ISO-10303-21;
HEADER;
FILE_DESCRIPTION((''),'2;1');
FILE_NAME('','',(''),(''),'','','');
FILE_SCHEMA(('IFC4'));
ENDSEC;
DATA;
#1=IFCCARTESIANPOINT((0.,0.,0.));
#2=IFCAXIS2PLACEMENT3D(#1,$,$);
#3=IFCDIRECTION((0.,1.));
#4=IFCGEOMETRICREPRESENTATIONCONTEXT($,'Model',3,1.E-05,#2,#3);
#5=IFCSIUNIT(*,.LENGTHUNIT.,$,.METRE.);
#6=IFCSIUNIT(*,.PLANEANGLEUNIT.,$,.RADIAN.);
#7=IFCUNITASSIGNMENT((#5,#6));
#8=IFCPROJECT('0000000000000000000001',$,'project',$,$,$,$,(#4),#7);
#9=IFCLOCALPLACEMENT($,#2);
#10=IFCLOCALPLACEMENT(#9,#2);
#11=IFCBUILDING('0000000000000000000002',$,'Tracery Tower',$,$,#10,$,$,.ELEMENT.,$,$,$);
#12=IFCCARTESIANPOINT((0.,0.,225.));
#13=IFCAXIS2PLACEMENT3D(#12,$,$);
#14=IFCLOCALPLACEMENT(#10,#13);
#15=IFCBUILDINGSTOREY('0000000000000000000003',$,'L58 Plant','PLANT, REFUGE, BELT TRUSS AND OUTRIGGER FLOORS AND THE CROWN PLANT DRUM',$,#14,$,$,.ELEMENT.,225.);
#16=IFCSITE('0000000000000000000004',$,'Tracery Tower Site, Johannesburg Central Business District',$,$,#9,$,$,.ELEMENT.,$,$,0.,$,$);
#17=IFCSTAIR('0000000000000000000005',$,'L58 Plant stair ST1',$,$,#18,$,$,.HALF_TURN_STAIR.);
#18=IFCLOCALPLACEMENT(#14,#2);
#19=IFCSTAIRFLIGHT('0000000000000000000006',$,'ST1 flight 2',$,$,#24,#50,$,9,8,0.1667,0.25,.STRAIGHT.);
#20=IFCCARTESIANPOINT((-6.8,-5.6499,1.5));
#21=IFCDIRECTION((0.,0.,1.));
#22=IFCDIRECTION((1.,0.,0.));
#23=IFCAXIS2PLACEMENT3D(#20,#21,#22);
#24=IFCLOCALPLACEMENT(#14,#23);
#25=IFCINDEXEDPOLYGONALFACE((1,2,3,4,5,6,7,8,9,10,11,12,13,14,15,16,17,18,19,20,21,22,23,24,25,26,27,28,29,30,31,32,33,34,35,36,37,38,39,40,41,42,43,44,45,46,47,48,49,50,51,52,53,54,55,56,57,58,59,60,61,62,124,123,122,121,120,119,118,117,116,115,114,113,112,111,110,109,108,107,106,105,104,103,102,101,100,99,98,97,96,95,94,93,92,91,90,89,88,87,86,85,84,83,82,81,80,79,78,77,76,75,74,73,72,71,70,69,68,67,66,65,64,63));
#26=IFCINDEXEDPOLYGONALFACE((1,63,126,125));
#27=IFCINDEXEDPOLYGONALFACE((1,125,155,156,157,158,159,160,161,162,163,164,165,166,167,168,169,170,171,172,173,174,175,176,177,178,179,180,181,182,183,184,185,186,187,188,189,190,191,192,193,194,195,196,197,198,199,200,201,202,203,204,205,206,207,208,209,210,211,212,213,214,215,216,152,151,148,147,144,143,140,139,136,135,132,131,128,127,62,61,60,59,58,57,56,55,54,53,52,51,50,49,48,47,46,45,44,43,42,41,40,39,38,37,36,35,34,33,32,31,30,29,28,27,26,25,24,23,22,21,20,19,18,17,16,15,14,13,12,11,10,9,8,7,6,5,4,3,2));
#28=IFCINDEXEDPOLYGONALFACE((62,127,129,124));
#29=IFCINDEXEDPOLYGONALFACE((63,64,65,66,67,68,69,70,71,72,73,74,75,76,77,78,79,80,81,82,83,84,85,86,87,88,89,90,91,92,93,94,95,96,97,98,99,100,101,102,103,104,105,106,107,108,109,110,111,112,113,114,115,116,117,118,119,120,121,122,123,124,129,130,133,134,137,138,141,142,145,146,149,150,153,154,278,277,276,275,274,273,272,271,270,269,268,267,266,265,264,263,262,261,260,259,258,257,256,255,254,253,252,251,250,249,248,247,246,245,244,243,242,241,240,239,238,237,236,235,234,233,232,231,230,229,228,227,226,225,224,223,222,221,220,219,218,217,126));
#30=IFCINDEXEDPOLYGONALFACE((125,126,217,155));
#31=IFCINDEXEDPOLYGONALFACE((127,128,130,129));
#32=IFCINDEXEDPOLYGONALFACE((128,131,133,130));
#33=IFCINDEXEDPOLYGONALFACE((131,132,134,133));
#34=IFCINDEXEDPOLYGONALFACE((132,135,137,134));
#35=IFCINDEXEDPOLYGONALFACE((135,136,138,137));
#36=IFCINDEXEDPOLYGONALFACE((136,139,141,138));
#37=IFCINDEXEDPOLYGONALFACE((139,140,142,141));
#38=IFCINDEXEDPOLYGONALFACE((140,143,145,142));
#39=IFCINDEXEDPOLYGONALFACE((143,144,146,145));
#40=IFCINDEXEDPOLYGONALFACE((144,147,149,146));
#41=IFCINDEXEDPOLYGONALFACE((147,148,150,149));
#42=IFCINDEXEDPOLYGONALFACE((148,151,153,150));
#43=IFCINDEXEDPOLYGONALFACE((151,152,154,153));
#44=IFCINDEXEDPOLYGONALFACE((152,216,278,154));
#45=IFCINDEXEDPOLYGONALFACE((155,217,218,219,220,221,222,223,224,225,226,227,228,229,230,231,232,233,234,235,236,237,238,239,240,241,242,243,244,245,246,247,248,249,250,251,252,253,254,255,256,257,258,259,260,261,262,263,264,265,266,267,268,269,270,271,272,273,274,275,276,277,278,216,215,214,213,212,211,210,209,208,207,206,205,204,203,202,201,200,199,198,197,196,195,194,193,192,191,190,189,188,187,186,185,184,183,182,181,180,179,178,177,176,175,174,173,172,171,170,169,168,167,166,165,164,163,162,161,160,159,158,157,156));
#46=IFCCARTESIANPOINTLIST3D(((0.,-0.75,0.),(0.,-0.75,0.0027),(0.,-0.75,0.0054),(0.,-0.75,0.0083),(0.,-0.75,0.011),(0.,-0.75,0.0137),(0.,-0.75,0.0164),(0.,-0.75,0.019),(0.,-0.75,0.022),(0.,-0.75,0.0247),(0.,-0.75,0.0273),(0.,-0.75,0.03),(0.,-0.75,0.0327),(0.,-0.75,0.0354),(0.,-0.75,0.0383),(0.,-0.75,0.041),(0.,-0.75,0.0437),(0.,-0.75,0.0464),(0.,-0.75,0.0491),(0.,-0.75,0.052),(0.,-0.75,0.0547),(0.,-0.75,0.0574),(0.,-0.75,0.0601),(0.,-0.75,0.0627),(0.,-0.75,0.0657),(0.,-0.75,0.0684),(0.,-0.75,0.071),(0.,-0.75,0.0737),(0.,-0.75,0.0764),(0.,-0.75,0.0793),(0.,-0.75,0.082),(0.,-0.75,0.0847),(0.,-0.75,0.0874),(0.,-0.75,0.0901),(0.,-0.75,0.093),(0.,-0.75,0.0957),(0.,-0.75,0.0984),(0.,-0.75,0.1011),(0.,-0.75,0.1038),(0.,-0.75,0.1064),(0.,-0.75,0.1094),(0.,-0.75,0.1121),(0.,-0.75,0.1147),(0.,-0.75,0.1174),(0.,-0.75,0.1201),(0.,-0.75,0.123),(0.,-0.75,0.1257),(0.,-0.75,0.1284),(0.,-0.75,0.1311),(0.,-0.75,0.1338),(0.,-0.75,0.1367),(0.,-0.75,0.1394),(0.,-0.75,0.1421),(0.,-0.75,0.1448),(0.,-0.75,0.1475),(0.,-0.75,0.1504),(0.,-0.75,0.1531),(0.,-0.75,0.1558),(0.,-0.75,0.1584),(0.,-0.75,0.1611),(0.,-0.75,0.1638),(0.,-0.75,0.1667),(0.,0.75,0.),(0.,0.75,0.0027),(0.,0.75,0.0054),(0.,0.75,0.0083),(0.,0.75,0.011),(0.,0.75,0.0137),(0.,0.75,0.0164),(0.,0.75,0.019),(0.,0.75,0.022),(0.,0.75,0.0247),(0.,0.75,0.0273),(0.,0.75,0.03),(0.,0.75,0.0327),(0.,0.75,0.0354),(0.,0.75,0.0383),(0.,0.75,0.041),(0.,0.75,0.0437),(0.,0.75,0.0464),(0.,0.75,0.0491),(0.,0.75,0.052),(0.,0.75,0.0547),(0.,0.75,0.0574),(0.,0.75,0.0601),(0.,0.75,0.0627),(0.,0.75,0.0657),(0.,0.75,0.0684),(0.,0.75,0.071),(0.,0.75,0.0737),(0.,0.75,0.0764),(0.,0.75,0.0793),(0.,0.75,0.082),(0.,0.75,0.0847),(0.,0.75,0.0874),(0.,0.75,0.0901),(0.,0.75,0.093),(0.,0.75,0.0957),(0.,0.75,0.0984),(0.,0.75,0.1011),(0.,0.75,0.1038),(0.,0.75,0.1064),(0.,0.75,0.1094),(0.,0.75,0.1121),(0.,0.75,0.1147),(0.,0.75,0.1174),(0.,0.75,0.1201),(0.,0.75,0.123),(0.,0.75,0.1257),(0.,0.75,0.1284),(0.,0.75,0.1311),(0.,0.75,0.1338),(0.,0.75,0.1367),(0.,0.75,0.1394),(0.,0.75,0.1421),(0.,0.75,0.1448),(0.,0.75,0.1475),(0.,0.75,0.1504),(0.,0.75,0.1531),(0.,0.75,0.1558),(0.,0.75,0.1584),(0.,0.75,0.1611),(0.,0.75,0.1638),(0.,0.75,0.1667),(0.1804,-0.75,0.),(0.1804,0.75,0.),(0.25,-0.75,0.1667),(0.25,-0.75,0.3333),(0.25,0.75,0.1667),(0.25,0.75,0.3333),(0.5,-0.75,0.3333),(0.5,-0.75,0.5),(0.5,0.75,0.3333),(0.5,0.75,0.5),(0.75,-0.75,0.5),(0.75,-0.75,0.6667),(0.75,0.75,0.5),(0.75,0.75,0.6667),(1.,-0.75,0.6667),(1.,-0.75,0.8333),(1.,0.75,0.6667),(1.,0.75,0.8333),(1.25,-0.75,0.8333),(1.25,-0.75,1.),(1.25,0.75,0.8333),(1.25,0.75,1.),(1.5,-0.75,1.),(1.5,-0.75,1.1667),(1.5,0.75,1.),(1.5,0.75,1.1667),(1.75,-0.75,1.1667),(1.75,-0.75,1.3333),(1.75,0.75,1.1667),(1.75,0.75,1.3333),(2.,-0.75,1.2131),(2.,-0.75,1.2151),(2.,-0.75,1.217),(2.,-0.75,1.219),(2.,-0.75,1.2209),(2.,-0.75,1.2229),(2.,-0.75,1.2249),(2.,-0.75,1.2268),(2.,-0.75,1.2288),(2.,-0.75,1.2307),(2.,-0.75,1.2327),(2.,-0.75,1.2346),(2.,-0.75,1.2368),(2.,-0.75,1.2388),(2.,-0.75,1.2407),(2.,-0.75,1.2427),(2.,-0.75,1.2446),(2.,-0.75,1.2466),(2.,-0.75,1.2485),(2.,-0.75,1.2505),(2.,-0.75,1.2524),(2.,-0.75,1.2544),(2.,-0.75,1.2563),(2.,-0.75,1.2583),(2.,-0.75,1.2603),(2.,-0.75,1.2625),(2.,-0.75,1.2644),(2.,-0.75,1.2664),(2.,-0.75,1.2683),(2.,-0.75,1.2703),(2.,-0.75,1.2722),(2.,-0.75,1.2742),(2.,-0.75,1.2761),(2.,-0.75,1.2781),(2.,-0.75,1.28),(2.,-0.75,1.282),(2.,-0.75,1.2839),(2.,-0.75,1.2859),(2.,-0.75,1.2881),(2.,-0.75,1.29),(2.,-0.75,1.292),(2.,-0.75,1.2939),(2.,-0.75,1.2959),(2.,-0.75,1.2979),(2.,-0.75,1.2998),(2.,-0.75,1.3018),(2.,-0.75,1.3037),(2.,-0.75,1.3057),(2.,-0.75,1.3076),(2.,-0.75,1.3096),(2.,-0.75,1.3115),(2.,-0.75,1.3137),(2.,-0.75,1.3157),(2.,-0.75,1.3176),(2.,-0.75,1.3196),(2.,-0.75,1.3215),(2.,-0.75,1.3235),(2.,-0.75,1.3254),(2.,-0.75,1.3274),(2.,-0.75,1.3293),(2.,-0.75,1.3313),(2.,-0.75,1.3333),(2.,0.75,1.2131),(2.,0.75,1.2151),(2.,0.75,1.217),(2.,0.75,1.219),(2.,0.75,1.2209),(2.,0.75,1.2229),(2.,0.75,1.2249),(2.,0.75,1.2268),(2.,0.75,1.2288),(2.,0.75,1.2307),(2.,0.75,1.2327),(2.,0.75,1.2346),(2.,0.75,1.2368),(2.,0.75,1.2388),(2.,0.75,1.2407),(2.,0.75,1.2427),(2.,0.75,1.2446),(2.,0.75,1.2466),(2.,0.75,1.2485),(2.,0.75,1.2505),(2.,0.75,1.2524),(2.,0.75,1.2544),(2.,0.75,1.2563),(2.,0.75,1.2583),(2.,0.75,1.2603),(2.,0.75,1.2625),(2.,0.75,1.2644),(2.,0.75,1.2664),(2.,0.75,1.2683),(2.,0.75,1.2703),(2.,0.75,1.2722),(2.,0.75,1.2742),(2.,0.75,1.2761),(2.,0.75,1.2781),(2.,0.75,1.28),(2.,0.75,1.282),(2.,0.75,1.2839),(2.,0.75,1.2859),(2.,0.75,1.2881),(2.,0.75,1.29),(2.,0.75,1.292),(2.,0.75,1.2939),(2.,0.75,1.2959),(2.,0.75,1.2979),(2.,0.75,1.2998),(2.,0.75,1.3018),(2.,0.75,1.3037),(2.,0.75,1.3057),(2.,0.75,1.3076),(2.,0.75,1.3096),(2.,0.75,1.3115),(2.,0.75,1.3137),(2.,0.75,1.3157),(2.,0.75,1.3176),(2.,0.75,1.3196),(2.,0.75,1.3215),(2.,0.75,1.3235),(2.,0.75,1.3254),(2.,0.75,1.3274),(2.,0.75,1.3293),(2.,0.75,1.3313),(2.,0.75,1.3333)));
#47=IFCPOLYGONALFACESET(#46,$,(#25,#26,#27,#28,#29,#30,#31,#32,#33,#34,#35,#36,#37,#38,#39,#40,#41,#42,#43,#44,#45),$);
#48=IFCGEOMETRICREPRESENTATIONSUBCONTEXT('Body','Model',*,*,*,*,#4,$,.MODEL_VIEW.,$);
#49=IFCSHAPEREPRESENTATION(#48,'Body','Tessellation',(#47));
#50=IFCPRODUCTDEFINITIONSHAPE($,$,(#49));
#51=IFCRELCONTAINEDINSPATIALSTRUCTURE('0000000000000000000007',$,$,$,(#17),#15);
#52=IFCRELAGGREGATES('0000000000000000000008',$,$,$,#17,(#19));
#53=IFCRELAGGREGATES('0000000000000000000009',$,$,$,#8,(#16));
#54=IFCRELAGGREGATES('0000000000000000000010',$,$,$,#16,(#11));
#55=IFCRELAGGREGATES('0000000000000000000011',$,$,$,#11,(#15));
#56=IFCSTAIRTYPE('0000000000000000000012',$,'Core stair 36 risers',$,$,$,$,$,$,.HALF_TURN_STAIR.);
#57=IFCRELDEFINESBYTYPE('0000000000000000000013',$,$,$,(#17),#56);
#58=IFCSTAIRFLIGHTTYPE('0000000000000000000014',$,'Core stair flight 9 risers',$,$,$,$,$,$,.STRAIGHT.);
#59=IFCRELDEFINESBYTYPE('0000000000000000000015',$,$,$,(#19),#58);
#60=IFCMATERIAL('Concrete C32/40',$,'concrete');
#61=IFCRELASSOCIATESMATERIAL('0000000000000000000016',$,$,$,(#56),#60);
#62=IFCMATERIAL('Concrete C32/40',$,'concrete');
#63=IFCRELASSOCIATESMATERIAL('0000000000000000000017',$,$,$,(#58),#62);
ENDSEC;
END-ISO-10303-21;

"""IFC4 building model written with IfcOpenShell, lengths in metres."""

from ifc_helpers import new_model, si_unit, direction, frame, origin, place, context, subcontext, project, spatial, polyline, outline, extrude, material, type_object, element, aggregate, save


model = new_model("IFC4")

# Units and contexts
model_context = context("Model", 3, precision=1e-05, world=origin(), true_north=direction((0.0, 1.0)))
body_context = subcontext(model_context, "Body", "Model", "MODEL_VIEW")
ifc_project = project(units=[si_unit("LENGTHUNIT", "METRE"), si_unit("PLANEANGLEUNIT", "RADIAN")], contexts=[model_context])

# Site, building, storey
site_placement = place(None, origin())
site = spatial("IfcSite", under=ifc_project, at=site_placement, Name="Tracery Tower Site, Johannesburg Central Business District", CompositionType="ELEMENT", RefElevation=0.0)
building_placement = place(site_placement, origin())
building = spatial("IfcBuilding", under=site, at=building_placement, Name="Tracery Tower", CompositionType="ELEMENT")
storey_placement = place(building_placement, frame((0.0, 0.0, 225.0)))
storey = spatial("IfcBuildingStorey", under=building, at=storey_placement, Name="L58 Plant", Description="PLANT, REFUGE, BELT TRUSS AND OUTRIGGER FLOORS AND THE CROWN PLANT DRUM", CompositionType="ELEMENT", Elevation=225.0)

# Stair, stair flight
ifc_material_1 = material(Name="Concrete C32/40", Category="concrete")
stair_type = type_object("IfcStairType", Name="Core stair 36 risers", PredefinedType="HALF_TURN_STAIR", material=ifc_material_1)
stair_placement = place(storey_placement, origin())
stair = element("IfcStair", 1, at=stair_placement, inside=storey, type_object=stair_type, Name="L58 Plant stair ST1", PredefinedType="HALF_TURN_STAIR")
ifc_material_2 = material(Name="Concrete C32/40", Category="concrete")
stair_flight_type = type_object("IfcStairFlightType", Name="Core stair flight 9 risers", PredefinedType="STRAIGHT", material=ifc_material_2)
stair_flight_1_placement = place(storey_placement, frame((-6.8, -5.6499, 1.5), z_axis=(0.0, 0.0, 1.0), x_axis=(1.0, 0.0, 0.0)))
stair_flight_1 = element("IfcStairFlight", 2, at=stair_flight_1_placement, type_object=stair_flight_type, Name="ST1 flight 2", NumberOfRisers=9, NumberOfTreads=8, PredefinedType="STRAIGHT", RiserHeight=0.1667, TreadLength=0.25, context=body_context, shape_type="SweptSolid", body=[
    extrude(outline(polyline([(0.0, 0.0), (0.0, 0.0027), (0.0, 0.0054), (0.0, 0.0083), (0.0, 0.011), (0.0, 0.0137), (0.0, 0.0164), (0.0, 0.019), (0.0, 0.022), (0.0, 0.0247), (0.0, 0.0273), (0.0, 0.03), (0.0, 0.0327), (0.0, 0.0354), (0.0, 0.0383), (0.0, 0.041), (0.0, 0.0437), (0.0, 0.0464), (0.0, 0.0491), (0.0, 0.052), (0.0, 0.0547), (0.0, 0.0574), (0.0, 0.0601), (0.0, 0.0627), (0.0, 0.0657), (0.0, 0.0684), (0.0, 0.071), (0.0, 0.0737), (0.0, 0.0764), (0.0, 0.0793), (0.0, 0.082), (0.0, 0.0847), (0.0, 0.0874), (0.0, 0.0901), (0.0, 0.093), (0.0, 0.0957), (0.0, 0.0984), (0.0, 0.1011), (0.0, 0.1038), (0.0, 0.1064), (0.0, 0.1094), (0.0, 0.1121), (0.0, 0.1147), (0.0, 0.1174), (0.0, 0.1201), (0.0, 0.123), (0.0, 0.1257), (0.0, 0.1284), (0.0, 0.1311), (0.0, 0.1338), (0.0, 0.1367), (0.0, 0.1394), (0.0, 0.1421), (0.0, 0.1448), (0.0, 0.1475), (0.0, 0.1504), (0.0, 0.1531), (0.0, 0.1558), (0.0, 0.1584), (0.0, 0.1611), (0.0, 0.1638), (0.0, 0.1667), (0.25, 0.1667), (0.25, 0.3333), (0.5, 0.3333), (0.5, 0.5), (0.75, 0.5), (0.75, 0.6667), (1.0, 0.6667), (1.0, 0.8333), (1.25, 0.8333), (1.25, 1.0), (1.5, 1.0), (1.5, 1.1667), (1.75, 1.1667), (1.75, 1.3333), (2.0, 1.3333), (2.0, 1.3313), (2.0, 1.3293), (2.0, 1.3274), (2.0, 1.3254), (2.0, 1.3235), (2.0, 1.3215), (2.0, 1.3196), (2.0, 1.3176), (2.0, 1.3157), (2.0, 1.3137), (2.0, 1.3115), (2.0, 1.3096), (2.0, 1.3076), (2.0, 1.3057), (2.0, 1.3037), (2.0, 1.3018), (2.0, 1.2998), (2.0, 1.2979), (2.0, 1.2959), (2.0, 1.2939), (2.0, 1.292), (2.0, 1.29), (2.0, 1.2881), (2.0, 1.2859), (2.0, 1.2839), (2.0, 1.282), (2.0, 1.28), (2.0, 1.2781), (2.0, 1.2761), (2.0, 1.2742), (2.0, 1.2722), (2.0, 1.2703), (2.0, 1.2683), (2.0, 1.2664), (2.0, 1.2644), (2.0, 1.2625), (2.0, 1.2603), (2.0, 1.2583), (2.0, 1.2563), (2.0, 1.2544), (2.0, 1.2524), (2.0, 1.2505), (2.0, 1.2485), (2.0, 1.2466), (2.0, 1.2446), (2.0, 1.2427), (2.0, 1.2407), (2.0, 1.2388), (2.0, 1.2368), (2.0, 1.2346), (2.0, 1.2327), (2.0, 1.2307), (2.0, 1.2288), (2.0, 1.2268), (2.0, 1.2249), (2.0, 1.2229), (2.0, 1.2209), (2.0, 1.219), (2.0, 1.217), (2.0, 1.2151), (2.0, 1.2131), (0.1804, 0.0), (0.0, 0.0)])), frame((0.0, 0.75, 0.0), z_axis=(0.0, -1.0, 0.0), x_axis=(1.0, 0.0, 0.0)), (0.0, 0.0, 1.0), 1.5),
])
aggregate(stair, [stair_flight_1])

save(model, "model.ifc")
